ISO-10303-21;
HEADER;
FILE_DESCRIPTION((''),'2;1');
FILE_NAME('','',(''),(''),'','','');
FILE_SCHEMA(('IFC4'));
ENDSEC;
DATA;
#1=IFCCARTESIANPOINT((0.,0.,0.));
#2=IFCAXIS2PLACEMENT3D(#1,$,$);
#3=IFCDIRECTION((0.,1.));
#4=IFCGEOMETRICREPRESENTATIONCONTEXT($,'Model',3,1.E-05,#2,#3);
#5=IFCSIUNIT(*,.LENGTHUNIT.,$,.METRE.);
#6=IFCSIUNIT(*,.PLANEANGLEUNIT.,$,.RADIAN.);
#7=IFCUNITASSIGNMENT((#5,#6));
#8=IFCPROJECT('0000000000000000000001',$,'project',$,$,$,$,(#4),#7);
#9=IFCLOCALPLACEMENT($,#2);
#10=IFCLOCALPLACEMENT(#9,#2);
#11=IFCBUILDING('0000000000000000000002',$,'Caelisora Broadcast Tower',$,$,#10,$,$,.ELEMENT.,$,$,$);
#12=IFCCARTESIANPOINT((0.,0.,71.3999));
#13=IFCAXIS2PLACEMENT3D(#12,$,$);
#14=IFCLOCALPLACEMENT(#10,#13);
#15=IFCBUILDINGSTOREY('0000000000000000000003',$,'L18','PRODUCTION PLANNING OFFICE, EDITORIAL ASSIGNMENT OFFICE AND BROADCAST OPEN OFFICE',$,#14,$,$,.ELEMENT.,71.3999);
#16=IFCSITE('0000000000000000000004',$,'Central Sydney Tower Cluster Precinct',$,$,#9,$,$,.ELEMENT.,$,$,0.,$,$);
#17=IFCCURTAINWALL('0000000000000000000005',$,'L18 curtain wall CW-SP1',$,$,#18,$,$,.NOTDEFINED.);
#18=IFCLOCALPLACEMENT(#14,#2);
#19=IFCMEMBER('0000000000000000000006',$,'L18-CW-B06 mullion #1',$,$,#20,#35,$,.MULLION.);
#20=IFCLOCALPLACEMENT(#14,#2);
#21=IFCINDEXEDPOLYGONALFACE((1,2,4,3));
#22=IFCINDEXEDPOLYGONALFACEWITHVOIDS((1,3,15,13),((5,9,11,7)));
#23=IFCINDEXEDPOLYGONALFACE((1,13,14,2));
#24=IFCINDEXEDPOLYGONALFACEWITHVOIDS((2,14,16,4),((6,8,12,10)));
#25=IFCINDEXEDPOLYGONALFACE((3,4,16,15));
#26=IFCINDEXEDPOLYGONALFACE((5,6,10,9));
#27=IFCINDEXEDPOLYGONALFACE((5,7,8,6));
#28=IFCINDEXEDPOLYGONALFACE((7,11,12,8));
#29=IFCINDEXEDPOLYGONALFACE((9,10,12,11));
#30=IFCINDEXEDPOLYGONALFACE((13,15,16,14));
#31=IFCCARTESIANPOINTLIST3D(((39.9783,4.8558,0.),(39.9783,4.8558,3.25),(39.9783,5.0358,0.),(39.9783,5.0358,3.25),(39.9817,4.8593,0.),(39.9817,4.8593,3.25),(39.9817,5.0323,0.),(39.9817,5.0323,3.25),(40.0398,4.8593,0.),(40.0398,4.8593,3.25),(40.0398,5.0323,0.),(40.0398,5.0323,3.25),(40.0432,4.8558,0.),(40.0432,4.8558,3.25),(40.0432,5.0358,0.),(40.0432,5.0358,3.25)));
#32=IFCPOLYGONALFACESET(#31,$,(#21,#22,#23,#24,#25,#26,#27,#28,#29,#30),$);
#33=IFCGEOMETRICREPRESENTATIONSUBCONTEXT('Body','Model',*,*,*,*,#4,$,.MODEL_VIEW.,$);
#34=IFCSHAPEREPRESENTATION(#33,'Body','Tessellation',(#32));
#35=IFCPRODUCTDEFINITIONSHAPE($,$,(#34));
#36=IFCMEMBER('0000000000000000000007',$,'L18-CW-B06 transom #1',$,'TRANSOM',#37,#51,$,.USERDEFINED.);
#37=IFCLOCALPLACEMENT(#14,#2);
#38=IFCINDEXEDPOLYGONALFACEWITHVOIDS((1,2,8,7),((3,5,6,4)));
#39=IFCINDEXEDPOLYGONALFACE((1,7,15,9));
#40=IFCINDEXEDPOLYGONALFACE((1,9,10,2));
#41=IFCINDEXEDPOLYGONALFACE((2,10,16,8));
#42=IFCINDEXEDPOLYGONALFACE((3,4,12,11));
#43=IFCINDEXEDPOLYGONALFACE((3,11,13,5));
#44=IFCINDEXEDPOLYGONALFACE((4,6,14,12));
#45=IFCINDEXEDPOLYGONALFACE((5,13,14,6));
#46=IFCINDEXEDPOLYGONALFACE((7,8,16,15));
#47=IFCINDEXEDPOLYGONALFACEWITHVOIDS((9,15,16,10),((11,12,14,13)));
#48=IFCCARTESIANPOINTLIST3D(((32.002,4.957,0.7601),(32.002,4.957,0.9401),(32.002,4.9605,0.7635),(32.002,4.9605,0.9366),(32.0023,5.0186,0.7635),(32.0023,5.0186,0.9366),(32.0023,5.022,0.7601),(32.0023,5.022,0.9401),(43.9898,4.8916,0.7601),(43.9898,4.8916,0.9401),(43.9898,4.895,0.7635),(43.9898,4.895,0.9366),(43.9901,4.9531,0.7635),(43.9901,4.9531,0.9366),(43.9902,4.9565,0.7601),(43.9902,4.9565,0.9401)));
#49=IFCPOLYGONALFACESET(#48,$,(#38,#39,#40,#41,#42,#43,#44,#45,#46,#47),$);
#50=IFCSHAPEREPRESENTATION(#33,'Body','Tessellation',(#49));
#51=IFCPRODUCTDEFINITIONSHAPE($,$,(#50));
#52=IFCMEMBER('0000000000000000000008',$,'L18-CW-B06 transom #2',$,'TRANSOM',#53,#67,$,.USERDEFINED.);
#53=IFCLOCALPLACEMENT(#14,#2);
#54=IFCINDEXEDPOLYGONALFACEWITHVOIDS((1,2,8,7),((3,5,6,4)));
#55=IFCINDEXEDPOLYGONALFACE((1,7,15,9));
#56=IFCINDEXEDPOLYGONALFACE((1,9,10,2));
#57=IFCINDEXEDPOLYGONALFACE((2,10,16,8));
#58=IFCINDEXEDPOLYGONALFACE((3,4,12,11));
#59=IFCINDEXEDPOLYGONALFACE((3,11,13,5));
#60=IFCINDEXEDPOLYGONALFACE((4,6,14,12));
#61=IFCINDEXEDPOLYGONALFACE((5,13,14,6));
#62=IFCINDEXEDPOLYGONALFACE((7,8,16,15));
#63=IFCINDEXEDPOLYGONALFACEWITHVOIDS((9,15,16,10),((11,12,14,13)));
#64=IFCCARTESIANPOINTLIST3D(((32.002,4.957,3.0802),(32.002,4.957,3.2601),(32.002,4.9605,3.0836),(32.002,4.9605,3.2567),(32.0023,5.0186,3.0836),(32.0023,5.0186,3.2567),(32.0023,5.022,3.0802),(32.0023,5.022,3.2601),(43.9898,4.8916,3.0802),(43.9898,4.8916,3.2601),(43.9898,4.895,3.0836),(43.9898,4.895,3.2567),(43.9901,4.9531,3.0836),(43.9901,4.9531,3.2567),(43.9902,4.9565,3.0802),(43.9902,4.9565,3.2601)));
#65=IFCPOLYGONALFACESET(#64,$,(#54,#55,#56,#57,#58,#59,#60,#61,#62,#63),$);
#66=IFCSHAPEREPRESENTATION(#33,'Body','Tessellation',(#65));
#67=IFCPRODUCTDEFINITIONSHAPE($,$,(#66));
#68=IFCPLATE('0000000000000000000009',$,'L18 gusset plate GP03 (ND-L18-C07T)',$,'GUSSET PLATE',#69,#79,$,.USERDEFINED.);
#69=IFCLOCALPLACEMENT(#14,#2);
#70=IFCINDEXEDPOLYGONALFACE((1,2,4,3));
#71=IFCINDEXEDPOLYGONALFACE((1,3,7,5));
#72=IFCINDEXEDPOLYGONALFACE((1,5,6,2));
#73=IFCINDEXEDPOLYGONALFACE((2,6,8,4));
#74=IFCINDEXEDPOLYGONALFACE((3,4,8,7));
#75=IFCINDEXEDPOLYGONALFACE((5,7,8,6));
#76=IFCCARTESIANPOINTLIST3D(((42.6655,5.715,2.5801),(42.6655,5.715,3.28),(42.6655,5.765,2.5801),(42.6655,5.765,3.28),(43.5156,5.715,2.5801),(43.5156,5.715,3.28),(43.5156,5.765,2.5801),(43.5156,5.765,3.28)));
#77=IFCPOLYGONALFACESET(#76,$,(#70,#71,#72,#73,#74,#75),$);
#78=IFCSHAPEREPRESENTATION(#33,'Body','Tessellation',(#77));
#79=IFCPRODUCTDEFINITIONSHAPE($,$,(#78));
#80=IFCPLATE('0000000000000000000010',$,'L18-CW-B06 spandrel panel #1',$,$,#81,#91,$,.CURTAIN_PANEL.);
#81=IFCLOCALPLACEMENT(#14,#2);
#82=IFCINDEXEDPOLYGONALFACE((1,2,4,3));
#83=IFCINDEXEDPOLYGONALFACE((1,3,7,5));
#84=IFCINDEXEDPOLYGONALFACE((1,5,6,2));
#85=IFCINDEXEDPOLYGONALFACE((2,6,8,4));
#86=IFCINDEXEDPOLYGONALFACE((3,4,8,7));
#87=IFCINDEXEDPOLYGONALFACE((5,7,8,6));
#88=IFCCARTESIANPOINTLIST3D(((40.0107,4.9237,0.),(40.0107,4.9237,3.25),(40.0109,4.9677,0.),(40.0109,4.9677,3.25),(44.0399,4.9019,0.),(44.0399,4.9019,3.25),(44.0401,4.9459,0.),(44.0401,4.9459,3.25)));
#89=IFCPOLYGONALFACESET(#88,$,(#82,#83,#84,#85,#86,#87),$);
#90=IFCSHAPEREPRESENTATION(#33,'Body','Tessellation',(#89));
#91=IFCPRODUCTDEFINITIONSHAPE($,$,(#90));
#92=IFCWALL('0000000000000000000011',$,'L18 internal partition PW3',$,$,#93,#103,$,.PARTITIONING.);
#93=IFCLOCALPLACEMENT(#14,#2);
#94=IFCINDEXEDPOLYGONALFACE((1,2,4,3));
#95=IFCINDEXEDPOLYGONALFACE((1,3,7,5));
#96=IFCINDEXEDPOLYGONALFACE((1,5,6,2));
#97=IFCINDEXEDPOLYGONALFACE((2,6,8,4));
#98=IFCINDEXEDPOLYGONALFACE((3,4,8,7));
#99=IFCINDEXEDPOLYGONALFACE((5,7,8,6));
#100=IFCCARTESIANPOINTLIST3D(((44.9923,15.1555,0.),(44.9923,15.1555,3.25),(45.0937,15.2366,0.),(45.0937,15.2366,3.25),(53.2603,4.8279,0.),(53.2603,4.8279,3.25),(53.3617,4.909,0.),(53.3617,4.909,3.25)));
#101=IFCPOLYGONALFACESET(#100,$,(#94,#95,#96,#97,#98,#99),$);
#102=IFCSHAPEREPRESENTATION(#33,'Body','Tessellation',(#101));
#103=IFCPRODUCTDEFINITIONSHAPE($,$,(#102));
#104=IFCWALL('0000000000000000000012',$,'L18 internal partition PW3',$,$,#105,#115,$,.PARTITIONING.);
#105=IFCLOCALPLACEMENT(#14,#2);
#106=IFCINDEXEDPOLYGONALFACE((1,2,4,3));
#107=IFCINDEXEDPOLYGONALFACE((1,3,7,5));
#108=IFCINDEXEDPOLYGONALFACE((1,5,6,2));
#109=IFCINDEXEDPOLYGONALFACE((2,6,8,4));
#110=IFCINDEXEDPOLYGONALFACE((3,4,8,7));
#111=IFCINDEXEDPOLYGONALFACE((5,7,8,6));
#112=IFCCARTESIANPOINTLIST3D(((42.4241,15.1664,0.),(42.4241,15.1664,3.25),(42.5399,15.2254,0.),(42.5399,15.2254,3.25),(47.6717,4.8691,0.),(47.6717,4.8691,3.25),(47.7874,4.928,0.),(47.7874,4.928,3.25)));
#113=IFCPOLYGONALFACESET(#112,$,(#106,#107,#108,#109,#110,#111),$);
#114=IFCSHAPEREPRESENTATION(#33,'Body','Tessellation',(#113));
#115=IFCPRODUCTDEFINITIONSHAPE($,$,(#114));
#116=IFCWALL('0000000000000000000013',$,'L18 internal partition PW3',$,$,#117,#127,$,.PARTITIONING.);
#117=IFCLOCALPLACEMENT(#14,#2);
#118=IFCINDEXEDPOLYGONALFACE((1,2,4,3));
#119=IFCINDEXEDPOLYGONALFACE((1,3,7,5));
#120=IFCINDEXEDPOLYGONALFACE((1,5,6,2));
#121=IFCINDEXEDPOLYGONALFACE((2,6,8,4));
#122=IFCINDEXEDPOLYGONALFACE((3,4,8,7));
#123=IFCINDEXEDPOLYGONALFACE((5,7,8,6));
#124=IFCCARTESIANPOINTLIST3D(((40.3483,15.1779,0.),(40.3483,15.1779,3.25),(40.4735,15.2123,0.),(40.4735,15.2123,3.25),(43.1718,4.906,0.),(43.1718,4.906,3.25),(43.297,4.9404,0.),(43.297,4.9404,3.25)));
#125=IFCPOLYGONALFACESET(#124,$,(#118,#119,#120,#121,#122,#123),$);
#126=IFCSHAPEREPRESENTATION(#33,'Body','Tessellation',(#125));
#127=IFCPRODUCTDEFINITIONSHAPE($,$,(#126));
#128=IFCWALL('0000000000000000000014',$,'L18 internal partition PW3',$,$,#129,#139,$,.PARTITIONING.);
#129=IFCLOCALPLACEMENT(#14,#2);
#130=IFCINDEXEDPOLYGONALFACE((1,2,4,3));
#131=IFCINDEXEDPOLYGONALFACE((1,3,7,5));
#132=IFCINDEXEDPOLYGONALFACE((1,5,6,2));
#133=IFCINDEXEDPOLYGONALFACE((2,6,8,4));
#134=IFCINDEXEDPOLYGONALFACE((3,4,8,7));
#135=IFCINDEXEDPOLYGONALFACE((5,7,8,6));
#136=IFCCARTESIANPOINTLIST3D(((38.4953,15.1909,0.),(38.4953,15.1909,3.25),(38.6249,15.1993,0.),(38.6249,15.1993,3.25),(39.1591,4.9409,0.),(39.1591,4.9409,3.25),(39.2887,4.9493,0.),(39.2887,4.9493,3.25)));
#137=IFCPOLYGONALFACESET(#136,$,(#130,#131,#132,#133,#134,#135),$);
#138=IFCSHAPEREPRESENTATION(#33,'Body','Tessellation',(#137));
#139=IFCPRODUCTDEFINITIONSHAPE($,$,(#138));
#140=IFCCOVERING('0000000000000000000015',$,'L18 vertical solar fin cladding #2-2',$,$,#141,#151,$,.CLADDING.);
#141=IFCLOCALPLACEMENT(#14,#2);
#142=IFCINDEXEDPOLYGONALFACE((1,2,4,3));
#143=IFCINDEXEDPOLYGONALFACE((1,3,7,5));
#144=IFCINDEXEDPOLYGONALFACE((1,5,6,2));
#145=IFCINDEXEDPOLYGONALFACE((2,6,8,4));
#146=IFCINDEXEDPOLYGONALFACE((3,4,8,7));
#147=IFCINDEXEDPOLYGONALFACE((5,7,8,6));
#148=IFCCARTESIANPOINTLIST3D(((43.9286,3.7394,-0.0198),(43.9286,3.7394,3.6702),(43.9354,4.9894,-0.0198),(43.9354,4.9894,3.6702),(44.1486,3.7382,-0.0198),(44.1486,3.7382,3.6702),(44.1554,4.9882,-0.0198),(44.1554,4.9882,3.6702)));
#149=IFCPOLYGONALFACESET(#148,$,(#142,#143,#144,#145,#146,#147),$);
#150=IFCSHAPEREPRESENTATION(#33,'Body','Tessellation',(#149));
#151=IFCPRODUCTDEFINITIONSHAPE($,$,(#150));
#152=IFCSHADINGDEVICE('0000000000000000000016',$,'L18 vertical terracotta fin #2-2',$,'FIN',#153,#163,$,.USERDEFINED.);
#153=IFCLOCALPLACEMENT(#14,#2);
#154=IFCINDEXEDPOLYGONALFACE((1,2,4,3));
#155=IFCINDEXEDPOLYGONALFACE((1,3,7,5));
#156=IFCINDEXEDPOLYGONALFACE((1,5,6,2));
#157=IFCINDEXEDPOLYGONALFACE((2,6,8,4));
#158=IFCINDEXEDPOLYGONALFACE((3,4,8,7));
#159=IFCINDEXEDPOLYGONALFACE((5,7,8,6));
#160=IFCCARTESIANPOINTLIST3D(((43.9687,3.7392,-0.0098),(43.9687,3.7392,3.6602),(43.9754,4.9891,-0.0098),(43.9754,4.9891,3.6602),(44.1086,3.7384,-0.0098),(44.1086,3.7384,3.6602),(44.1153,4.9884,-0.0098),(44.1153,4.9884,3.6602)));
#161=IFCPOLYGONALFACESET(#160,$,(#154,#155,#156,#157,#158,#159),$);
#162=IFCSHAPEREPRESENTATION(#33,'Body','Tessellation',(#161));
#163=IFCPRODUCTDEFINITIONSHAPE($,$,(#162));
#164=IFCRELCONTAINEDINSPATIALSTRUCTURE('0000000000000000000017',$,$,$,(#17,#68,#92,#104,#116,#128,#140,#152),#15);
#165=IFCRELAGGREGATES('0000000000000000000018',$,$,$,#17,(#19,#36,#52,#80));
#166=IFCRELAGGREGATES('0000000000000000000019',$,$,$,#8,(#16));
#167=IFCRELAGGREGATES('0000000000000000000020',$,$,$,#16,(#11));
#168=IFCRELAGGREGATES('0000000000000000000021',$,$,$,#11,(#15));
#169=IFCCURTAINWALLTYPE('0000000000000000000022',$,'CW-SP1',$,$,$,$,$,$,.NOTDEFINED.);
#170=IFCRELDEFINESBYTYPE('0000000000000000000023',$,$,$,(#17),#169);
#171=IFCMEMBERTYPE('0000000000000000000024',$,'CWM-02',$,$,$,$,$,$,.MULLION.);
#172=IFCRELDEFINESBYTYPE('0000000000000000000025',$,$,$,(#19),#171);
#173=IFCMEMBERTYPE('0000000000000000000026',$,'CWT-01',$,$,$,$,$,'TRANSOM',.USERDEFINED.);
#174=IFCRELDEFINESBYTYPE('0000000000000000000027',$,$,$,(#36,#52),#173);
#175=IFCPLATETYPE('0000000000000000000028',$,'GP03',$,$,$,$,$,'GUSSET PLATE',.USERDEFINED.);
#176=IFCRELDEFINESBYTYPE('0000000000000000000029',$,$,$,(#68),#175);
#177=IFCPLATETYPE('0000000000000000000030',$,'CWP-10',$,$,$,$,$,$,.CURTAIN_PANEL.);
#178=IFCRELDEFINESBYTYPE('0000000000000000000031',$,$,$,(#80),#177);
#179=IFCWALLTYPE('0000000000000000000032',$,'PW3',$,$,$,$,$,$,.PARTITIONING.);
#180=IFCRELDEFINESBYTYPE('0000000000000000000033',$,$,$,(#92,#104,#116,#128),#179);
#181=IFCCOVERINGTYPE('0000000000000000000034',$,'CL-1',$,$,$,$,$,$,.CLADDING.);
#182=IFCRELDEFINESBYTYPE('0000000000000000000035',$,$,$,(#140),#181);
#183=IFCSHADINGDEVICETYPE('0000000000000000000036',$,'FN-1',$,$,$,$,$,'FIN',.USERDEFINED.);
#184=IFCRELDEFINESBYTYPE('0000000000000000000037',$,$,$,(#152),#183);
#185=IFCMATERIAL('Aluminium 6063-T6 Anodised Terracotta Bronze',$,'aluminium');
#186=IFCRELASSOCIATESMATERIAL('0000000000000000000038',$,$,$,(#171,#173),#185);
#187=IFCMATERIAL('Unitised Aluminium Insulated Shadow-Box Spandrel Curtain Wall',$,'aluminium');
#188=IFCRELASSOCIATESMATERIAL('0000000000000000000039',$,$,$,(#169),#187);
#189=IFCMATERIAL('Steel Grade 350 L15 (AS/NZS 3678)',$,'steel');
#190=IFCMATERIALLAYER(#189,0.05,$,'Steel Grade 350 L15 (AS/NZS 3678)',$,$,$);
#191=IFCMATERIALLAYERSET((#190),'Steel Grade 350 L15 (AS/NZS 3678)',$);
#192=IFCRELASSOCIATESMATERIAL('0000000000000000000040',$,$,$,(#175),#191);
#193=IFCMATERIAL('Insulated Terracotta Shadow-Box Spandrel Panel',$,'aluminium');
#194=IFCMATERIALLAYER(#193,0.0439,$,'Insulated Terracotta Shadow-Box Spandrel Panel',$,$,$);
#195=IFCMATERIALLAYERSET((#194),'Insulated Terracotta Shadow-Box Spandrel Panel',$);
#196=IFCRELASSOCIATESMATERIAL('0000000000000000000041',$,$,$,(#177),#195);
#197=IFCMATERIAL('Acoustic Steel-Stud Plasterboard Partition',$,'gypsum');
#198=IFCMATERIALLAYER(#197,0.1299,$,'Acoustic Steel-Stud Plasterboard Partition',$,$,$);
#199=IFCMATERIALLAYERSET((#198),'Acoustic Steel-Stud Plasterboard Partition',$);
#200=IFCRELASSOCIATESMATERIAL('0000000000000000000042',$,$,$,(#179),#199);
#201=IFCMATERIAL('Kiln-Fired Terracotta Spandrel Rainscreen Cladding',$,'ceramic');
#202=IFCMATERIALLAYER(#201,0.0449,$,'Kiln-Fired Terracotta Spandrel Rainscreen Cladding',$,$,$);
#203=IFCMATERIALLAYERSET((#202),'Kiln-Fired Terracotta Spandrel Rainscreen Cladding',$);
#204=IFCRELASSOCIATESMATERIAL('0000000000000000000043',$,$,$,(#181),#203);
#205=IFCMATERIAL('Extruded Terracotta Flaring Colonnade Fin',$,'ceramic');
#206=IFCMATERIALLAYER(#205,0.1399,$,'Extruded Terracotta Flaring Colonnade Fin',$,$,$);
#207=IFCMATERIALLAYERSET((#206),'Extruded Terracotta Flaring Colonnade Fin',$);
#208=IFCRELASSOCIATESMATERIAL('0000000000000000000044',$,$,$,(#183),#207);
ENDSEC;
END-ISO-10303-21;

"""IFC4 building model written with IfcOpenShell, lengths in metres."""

from ifc_helpers import new_model, si_unit, direction, frame, frame_2d, origin, origin_2d, place, context, subcontext, project, spatial, rectangle, hollow_rectangle, extrude, source, transform, mapped, material, layer, layer_set, material_profile, profile_set, type_object, type_shapes, element, aggregate, save


model = new_model("IFC4")

# Units and contexts
model_context = context("Model", 3, precision=1e-05, world=origin(), true_north=direction((0.0, 1.0)))
body_context = subcontext(model_context, "Body", "Model", "MODEL_VIEW")
ifc_project = project(units=[si_unit("LENGTHUNIT", "METRE"), si_unit("PLANEANGLEUNIT", "RADIAN")], contexts=[model_context])

# Site, building, storey
site_placement = place(None, origin())
site = spatial("IfcSite", under=ifc_project, at=site_placement, Name="Central Sydney Tower Cluster Precinct", CompositionType="ELEMENT", RefElevation=0.0)
building_placement = place(site_placement, origin())
building = spatial("IfcBuilding", under=site, at=building_placement, Name="Caelisora Broadcast Tower", CompositionType="ELEMENT")
storey_placement = place(building_placement, frame((0.0, 0.0, 71.3999)))
storey = spatial("IfcBuildingStorey", under=building, at=storey_placement, Name="L18", Description="PRODUCTION PLANNING OFFICE, EDITORIAL ASSIGNMENT OFFICE AND BROADCAST OPEN OFFICE", CompositionType="ELEMENT", Elevation=71.3999)

# Shared definitions
ifc_material_1 = material(Name="Steel Grade 350 L15 (AS/NZS 3678)", Category="steel")

# Shared definitions
ifc_material_2 = material(Name="Aluminium 6063-T6 Anodised Terracotta Bronze", Category="aluminium")
ifc_material_profile_1 = material_profile(ifc_material_2, hollow_rectangle(XDim=0.0649, YDim=0.1799, WallThickness=0.0034, at=origin_2d()), Name="Aluminium 6063-T6 Anodised Terracotta Bronze")
ifc_profile_set_1 = profile_set([ifc_material_profile_1], Name="Aluminium 6063-T6 Anodised Terracotta Bronze")
member_type_1 = type_object("IfcMemberType", Name="CWM-02", PredefinedType="MULLION", material=ifc_profile_set_1)
shared_shape_1 = source(origin(), body_context, "Body", "SweptSolid", [
    extrude(hollow_rectangle(XDim=0.0649, YDim=0.1799, WallThickness=0.0034, at=origin_2d()), origin(), (0.0, 0.0, 1.0), 3.25),
])
type_shapes(member_type_1, [shared_shape_1])

# Curtain wall, members
ifc_material_3 = material(Name="Unitised Aluminium Insulated Shadow-Box Spandrel Curtain Wall", Category="aluminium")
curtain_wall_type_1 = type_object("IfcCurtainWallType", Name="CW-SP1", PredefinedType="NOTDEFINED", material=ifc_material_3)
curtain_wall_1_placement = place(storey_placement, origin())
curtain_wall_1 = element("IfcCurtainWall", 1, at=curtain_wall_1_placement, inside=storey, type_object=curtain_wall_type_1, Name="L18 curtain wall CW-SP1", PredefinedType="NOTDEFINED")
member_1_placement = place(storey_placement, frame((40.0107, 4.9458, 0.0), z_axis=(0.0, 0.0, 1.0), x_axis=(1.0, 0.0, 0.0)))
member_1 = element("IfcMember", 2, at=member_1_placement, type_object=member_type_1, Name="L18-CW-B06 mullion #1", PredefinedType="MULLION", context=body_context, shape_type="MappedRepresentation", body=[
    mapped(shared_shape_1, transform((0.0, 0.0, 0.0), scale=1.0)),
])
ifc_material_profile_2 = material_profile(ifc_material_2, hollow_rectangle(XDim=0.0649, YDim=0.1799, WallThickness=0.0034, at=origin_2d()), Name="Aluminium 6063-T6 Anodised Terracotta Bronze")
ifc_profile_set_2 = profile_set([ifc_material_profile_2], Name="Aluminium 6063-T6 Anodised Terracotta Bronze")
member_type_2 = type_object("IfcMemberType", Name="CWT-01", ElementType="TRANSOM", PredefinedType="USERDEFINED", material=ifc_profile_set_2)
shared_shape_2 = source(origin(), body_context, "Body", "SweptSolid", [
    extrude(hollow_rectangle(XDim=0.0649, YDim=0.1799, WallThickness=0.0034, at=origin_2d()), origin(), (0.0, 0.0, 1.0), 11.988),
])
type_shapes(member_type_2, [shared_shape_2])
member_2_placement = place(storey_placement, frame((43.99, 4.9241, 0.8501), z_axis=(-0.999985, 0.005458, 0.0), x_axis=(-0.005458, -0.999985, 0.0)))
member_2 = element("IfcMember", 3, at=member_2_placement, type_object=member_type_2, Name="L18-CW-B06 transom #1", ObjectType="TRANSOM", PredefinedType="USERDEFINED", context=body_context, shape_type="MappedRepresentation", body=[
    mapped(shared_shape_2, transform((0.0, 0.0, 0.0), scale=1.0)),
])
member_3_placement = place(storey_placement, frame((43.99, 4.9241, 3.1702), z_axis=(-0.999985, 0.005458, 0.0), x_axis=(-0.005458, -0.999985, 0.0)))
member_3 = element("IfcMember", 4, at=member_3_placement, type_object=member_type_2, Name="L18-CW-B06 transom #2", ObjectType="TRANSOM", PredefinedType="USERDEFINED", context=body_context, shape_type="MappedRepresentation", body=[
    mapped(shared_shape_2, transform((0.0, 0.0, 0.0), scale=1.0)),
])

# Plates
ifc_layer_1 = layer(ifc_material_1, 0.05, Name="Steel Grade 350 L15 (AS/NZS 3678)")
ifc_layer_set_1 = layer_set([ifc_layer_1], Name="Steel Grade 350 L15 (AS/NZS 3678)")
plate_type_1 = type_object("IfcPlateType", Name="GP03", ElementType="GUSSET PLATE", PredefinedType="USERDEFINED", material=ifc_layer_set_1)
shared_shape_3 = source(origin(), body_context, "Body", "SweptSolid", [
    extrude(rectangle(XDim=0.8501, YDim=0.05, at=origin_2d()), origin(), (0.0, 0.0, 1.0), 0.7),
])
type_shapes(plate_type_1, [shared_shape_3])
plate_1_placement = place(storey_placement, frame((43.0906, 5.74, 2.5801), z_axis=(0.0, 0.0, 1.0), x_axis=(1.0, 0.0, 0.0)))
element("IfcPlate", 5, at=plate_1_placement, inside=storey, type_object=plate_type_1, Name="L18 gusset plate GP03 (ND-L18-C07T)", ObjectType="GUSSET PLATE", PredefinedType="USERDEFINED", context=body_context, shape_type="MappedRepresentation", body=[
    mapped(shared_shape_3, transform((0.0, 0.0, 0.0), scale=1.0)),
])
ifc_material_4 = material(Name="Insulated Terracotta Shadow-Box Spandrel Panel", Category="aluminium")
ifc_layer_2 = layer(ifc_material_4, 0.0439, Name="Insulated Terracotta Shadow-Box Spandrel Panel")
ifc_layer_set_2 = layer_set([ifc_layer_2], Name="Insulated Terracotta Shadow-Box Spandrel Panel")
plate_type_2 = type_object("IfcPlateType", Name="CWP-10", PredefinedType="CURTAIN_PANEL", material=ifc_layer_set_2)
shared_shape_4 = source(origin(), body_context, "Body", "SweptSolid", [
    extrude(rectangle(XDim=4.0293, YDim=0.0439, at=origin_2d()), origin(), (0.0, 0.0, 1.0), 3.25),
])
type_shapes(plate_type_2, [shared_shape_4])
plate_2_placement = place(storey_placement, frame((42.0254, 4.9348, 0.0), z_axis=(0.0, 0.0, 1.0), x_axis=(-0.999985, 0.00541, 0.0)))
plate_2 = element("IfcPlate", 6, at=plate_2_placement, type_object=plate_type_2, Name="L18-CW-B06 spandrel panel #1", PredefinedType="CURTAIN_PANEL", context=body_context, shape_type="MappedRepresentation", body=[
    mapped(shared_shape_4, transform((0.0, 0.0, 0.0), scale=1.0)),
])
aggregate(curtain_wall_1, [member_1, member_2, member_3, plate_2])

# Walls
ifc_material_5 = material(Name="Acoustic Steel-Stud Plasterboard Partition", Category="gypsum")
ifc_layer_3 = layer(ifc_material_5, 0.1299, Name="Acoustic Steel-Stud Plasterboard Partition")
ifc_layer_set_3 = layer_set([ifc_layer_3], Name="Acoustic Steel-Stud Plasterboard Partition")
wall_type = type_object("IfcWallType", Name="PW3", PredefinedType="PARTITIONING", material=ifc_layer_set_3)
wall_1_placement = place(storey_placement, frame((45.043, 15.196, 0.0), z_axis=(0.0, 0.0, 1.0), x_axis=(0.62497, -0.780649, 0.0)))
element("IfcWall", 7, at=wall_1_placement, inside=storey, type_object=wall_type, Name="L18 internal partition PW3", PredefinedType="PARTITIONING", context=body_context, shape_type="SweptSolid", body=[
    extrude(rectangle(XDim=13.2295, YDim=0.1299, at=frame_2d((6.6147, 0.0))), origin(), (0.0, 0.0, 1.0), 3.25),
])
wall_2_placement = place(storey_placement, frame((42.4819, 15.196, 0.0), z_axis=(0.0, 0.0, 1.0), x_axis=(0.454045, -0.890979, 0.0)))
element("IfcWall", 8, at=wall_2_placement, inside=storey, type_object=wall_type, Name="L18 internal partition PW3", PredefinedType="PARTITIONING", context=body_context, shape_type="SweptSolid", body=[
    extrude(rectangle(XDim=11.5574, YDim=0.1299, at=frame_2d((5.7788, 0.0))), origin(), (0.0, 0.0, 1.0), 3.25),
])
wall_3_placement = place(storey_placement, frame((40.4109, 15.1951, 0.0), z_axis=(0.0, 0.0, 1.0), x_axis=(0.265048, -0.964235, 0.0)))
element("IfcWall", 9, at=wall_3_placement, inside=storey, type_object=wall_type, Name="L18 internal partition PW3", PredefinedType="PARTITIONING", context=body_context, shape_type="SweptSolid", body=[
    extrude(rectangle(XDim=10.6528, YDim=0.1299, at=frame_2d((5.3264, 0.0))), origin(), (0.0, 0.0, 1.0), 3.25),
])
wall_4_placement = place(storey_placement, frame((38.5601, 15.1951, 0.0), z_axis=(0.0, 0.0, 1.0), x_axis=(0.064627, -0.997909, 0.0)))
element("IfcWall", 10, at=wall_4_placement, inside=storey, type_object=wall_type, Name="L18 internal partition PW3", PredefinedType="PARTITIONING", context=body_context, shape_type="SweptSolid", body=[
    extrude(rectangle(XDim=10.2715, YDim=0.1299, at=frame_2d((5.1357, 0.0))), origin(), (0.0, 0.0, 1.0), 3.25),
])

# Covering
ifc_material_6 = material(Name="Kiln-Fired Terracotta Spandrel Rainscreen Cladding", Category="ceramic")
ifc_layer_4 = layer(ifc_material_6, 0.0449, Name="Kiln-Fired Terracotta Spandrel Rainscreen Cladding")
ifc_layer_set_4 = layer_set([ifc_layer_4], Name="Kiln-Fired Terracotta Spandrel Rainscreen Cladding")
covering_type = type_object("IfcCoveringType", Name="CL-1", PredefinedType="CLADDING", material=ifc_layer_set_4)
shared_shape_5 = source(origin(), body_context, "Body", "SweptSolid", [
    extrude(rectangle(XDim=0.22, YDim=1.25, at=origin_2d()), origin(), (0.0, 0.0, 1.0), 3.6899),
])
covering_1_placement = place(storey_placement, frame((44.042, 4.3638, -0.0198), z_axis=(0.0, 0.0, 1.0), x_axis=(-0.999985, 0.00541, 0.0)))
element("IfcCovering", 11, at=covering_1_placement, inside=storey, type_object=covering_type, Name="L18 vertical solar fin cladding #2-2", PredefinedType="CLADDING", context=body_context, shape_type="MappedRepresentation", body=[
    mapped(shared_shape_5, transform((0.0, 0.0, 0.0), scale=1.0)),
])

# Shading device
ifc_material_7 = material(Name="Extruded Terracotta Flaring Colonnade Fin", Category="ceramic")
ifc_layer_5 = layer(ifc_material_7, 0.1399, Name="Extruded Terracotta Flaring Colonnade Fin")
ifc_layer_set_5 = layer_set([ifc_layer_5], Name="Extruded Terracotta Flaring Colonnade Fin")
shading_device_type_1 = type_object("IfcShadingDeviceType", Name="FN-1", ElementType="FIN", PredefinedType="USERDEFINED", material=ifc_layer_set_5)
shared_shape_6 = source(origin(), body_context, "Body", "SweptSolid", [
    extrude(rectangle(XDim=0.1399, YDim=1.25, at=origin_2d()), origin(), (0.0, 0.0, 1.0), 3.6699),
])
type_shapes(shading_device_type_1, [shared_shape_6])
shading_device_1_placement = place(storey_placement, frame((44.042, 4.3638, -0.0098), z_axis=(0.0, 0.0, 1.0), x_axis=(-0.999985, 0.00541, 0.0)))
element("IfcShadingDevice", 12, at=shading_device_1_placement, inside=storey, type_object=shading_device_type_1, Name="L18 vertical terracotta fin #2-2", ObjectType="FIN", PredefinedType="USERDEFINED", context=body_context, shape_type="MappedRepresentation", body=[
    mapped(shared_shape_6, transform((0.0, 0.0, 0.0), scale=1.0)),
])

save(model, "model.ifc")
